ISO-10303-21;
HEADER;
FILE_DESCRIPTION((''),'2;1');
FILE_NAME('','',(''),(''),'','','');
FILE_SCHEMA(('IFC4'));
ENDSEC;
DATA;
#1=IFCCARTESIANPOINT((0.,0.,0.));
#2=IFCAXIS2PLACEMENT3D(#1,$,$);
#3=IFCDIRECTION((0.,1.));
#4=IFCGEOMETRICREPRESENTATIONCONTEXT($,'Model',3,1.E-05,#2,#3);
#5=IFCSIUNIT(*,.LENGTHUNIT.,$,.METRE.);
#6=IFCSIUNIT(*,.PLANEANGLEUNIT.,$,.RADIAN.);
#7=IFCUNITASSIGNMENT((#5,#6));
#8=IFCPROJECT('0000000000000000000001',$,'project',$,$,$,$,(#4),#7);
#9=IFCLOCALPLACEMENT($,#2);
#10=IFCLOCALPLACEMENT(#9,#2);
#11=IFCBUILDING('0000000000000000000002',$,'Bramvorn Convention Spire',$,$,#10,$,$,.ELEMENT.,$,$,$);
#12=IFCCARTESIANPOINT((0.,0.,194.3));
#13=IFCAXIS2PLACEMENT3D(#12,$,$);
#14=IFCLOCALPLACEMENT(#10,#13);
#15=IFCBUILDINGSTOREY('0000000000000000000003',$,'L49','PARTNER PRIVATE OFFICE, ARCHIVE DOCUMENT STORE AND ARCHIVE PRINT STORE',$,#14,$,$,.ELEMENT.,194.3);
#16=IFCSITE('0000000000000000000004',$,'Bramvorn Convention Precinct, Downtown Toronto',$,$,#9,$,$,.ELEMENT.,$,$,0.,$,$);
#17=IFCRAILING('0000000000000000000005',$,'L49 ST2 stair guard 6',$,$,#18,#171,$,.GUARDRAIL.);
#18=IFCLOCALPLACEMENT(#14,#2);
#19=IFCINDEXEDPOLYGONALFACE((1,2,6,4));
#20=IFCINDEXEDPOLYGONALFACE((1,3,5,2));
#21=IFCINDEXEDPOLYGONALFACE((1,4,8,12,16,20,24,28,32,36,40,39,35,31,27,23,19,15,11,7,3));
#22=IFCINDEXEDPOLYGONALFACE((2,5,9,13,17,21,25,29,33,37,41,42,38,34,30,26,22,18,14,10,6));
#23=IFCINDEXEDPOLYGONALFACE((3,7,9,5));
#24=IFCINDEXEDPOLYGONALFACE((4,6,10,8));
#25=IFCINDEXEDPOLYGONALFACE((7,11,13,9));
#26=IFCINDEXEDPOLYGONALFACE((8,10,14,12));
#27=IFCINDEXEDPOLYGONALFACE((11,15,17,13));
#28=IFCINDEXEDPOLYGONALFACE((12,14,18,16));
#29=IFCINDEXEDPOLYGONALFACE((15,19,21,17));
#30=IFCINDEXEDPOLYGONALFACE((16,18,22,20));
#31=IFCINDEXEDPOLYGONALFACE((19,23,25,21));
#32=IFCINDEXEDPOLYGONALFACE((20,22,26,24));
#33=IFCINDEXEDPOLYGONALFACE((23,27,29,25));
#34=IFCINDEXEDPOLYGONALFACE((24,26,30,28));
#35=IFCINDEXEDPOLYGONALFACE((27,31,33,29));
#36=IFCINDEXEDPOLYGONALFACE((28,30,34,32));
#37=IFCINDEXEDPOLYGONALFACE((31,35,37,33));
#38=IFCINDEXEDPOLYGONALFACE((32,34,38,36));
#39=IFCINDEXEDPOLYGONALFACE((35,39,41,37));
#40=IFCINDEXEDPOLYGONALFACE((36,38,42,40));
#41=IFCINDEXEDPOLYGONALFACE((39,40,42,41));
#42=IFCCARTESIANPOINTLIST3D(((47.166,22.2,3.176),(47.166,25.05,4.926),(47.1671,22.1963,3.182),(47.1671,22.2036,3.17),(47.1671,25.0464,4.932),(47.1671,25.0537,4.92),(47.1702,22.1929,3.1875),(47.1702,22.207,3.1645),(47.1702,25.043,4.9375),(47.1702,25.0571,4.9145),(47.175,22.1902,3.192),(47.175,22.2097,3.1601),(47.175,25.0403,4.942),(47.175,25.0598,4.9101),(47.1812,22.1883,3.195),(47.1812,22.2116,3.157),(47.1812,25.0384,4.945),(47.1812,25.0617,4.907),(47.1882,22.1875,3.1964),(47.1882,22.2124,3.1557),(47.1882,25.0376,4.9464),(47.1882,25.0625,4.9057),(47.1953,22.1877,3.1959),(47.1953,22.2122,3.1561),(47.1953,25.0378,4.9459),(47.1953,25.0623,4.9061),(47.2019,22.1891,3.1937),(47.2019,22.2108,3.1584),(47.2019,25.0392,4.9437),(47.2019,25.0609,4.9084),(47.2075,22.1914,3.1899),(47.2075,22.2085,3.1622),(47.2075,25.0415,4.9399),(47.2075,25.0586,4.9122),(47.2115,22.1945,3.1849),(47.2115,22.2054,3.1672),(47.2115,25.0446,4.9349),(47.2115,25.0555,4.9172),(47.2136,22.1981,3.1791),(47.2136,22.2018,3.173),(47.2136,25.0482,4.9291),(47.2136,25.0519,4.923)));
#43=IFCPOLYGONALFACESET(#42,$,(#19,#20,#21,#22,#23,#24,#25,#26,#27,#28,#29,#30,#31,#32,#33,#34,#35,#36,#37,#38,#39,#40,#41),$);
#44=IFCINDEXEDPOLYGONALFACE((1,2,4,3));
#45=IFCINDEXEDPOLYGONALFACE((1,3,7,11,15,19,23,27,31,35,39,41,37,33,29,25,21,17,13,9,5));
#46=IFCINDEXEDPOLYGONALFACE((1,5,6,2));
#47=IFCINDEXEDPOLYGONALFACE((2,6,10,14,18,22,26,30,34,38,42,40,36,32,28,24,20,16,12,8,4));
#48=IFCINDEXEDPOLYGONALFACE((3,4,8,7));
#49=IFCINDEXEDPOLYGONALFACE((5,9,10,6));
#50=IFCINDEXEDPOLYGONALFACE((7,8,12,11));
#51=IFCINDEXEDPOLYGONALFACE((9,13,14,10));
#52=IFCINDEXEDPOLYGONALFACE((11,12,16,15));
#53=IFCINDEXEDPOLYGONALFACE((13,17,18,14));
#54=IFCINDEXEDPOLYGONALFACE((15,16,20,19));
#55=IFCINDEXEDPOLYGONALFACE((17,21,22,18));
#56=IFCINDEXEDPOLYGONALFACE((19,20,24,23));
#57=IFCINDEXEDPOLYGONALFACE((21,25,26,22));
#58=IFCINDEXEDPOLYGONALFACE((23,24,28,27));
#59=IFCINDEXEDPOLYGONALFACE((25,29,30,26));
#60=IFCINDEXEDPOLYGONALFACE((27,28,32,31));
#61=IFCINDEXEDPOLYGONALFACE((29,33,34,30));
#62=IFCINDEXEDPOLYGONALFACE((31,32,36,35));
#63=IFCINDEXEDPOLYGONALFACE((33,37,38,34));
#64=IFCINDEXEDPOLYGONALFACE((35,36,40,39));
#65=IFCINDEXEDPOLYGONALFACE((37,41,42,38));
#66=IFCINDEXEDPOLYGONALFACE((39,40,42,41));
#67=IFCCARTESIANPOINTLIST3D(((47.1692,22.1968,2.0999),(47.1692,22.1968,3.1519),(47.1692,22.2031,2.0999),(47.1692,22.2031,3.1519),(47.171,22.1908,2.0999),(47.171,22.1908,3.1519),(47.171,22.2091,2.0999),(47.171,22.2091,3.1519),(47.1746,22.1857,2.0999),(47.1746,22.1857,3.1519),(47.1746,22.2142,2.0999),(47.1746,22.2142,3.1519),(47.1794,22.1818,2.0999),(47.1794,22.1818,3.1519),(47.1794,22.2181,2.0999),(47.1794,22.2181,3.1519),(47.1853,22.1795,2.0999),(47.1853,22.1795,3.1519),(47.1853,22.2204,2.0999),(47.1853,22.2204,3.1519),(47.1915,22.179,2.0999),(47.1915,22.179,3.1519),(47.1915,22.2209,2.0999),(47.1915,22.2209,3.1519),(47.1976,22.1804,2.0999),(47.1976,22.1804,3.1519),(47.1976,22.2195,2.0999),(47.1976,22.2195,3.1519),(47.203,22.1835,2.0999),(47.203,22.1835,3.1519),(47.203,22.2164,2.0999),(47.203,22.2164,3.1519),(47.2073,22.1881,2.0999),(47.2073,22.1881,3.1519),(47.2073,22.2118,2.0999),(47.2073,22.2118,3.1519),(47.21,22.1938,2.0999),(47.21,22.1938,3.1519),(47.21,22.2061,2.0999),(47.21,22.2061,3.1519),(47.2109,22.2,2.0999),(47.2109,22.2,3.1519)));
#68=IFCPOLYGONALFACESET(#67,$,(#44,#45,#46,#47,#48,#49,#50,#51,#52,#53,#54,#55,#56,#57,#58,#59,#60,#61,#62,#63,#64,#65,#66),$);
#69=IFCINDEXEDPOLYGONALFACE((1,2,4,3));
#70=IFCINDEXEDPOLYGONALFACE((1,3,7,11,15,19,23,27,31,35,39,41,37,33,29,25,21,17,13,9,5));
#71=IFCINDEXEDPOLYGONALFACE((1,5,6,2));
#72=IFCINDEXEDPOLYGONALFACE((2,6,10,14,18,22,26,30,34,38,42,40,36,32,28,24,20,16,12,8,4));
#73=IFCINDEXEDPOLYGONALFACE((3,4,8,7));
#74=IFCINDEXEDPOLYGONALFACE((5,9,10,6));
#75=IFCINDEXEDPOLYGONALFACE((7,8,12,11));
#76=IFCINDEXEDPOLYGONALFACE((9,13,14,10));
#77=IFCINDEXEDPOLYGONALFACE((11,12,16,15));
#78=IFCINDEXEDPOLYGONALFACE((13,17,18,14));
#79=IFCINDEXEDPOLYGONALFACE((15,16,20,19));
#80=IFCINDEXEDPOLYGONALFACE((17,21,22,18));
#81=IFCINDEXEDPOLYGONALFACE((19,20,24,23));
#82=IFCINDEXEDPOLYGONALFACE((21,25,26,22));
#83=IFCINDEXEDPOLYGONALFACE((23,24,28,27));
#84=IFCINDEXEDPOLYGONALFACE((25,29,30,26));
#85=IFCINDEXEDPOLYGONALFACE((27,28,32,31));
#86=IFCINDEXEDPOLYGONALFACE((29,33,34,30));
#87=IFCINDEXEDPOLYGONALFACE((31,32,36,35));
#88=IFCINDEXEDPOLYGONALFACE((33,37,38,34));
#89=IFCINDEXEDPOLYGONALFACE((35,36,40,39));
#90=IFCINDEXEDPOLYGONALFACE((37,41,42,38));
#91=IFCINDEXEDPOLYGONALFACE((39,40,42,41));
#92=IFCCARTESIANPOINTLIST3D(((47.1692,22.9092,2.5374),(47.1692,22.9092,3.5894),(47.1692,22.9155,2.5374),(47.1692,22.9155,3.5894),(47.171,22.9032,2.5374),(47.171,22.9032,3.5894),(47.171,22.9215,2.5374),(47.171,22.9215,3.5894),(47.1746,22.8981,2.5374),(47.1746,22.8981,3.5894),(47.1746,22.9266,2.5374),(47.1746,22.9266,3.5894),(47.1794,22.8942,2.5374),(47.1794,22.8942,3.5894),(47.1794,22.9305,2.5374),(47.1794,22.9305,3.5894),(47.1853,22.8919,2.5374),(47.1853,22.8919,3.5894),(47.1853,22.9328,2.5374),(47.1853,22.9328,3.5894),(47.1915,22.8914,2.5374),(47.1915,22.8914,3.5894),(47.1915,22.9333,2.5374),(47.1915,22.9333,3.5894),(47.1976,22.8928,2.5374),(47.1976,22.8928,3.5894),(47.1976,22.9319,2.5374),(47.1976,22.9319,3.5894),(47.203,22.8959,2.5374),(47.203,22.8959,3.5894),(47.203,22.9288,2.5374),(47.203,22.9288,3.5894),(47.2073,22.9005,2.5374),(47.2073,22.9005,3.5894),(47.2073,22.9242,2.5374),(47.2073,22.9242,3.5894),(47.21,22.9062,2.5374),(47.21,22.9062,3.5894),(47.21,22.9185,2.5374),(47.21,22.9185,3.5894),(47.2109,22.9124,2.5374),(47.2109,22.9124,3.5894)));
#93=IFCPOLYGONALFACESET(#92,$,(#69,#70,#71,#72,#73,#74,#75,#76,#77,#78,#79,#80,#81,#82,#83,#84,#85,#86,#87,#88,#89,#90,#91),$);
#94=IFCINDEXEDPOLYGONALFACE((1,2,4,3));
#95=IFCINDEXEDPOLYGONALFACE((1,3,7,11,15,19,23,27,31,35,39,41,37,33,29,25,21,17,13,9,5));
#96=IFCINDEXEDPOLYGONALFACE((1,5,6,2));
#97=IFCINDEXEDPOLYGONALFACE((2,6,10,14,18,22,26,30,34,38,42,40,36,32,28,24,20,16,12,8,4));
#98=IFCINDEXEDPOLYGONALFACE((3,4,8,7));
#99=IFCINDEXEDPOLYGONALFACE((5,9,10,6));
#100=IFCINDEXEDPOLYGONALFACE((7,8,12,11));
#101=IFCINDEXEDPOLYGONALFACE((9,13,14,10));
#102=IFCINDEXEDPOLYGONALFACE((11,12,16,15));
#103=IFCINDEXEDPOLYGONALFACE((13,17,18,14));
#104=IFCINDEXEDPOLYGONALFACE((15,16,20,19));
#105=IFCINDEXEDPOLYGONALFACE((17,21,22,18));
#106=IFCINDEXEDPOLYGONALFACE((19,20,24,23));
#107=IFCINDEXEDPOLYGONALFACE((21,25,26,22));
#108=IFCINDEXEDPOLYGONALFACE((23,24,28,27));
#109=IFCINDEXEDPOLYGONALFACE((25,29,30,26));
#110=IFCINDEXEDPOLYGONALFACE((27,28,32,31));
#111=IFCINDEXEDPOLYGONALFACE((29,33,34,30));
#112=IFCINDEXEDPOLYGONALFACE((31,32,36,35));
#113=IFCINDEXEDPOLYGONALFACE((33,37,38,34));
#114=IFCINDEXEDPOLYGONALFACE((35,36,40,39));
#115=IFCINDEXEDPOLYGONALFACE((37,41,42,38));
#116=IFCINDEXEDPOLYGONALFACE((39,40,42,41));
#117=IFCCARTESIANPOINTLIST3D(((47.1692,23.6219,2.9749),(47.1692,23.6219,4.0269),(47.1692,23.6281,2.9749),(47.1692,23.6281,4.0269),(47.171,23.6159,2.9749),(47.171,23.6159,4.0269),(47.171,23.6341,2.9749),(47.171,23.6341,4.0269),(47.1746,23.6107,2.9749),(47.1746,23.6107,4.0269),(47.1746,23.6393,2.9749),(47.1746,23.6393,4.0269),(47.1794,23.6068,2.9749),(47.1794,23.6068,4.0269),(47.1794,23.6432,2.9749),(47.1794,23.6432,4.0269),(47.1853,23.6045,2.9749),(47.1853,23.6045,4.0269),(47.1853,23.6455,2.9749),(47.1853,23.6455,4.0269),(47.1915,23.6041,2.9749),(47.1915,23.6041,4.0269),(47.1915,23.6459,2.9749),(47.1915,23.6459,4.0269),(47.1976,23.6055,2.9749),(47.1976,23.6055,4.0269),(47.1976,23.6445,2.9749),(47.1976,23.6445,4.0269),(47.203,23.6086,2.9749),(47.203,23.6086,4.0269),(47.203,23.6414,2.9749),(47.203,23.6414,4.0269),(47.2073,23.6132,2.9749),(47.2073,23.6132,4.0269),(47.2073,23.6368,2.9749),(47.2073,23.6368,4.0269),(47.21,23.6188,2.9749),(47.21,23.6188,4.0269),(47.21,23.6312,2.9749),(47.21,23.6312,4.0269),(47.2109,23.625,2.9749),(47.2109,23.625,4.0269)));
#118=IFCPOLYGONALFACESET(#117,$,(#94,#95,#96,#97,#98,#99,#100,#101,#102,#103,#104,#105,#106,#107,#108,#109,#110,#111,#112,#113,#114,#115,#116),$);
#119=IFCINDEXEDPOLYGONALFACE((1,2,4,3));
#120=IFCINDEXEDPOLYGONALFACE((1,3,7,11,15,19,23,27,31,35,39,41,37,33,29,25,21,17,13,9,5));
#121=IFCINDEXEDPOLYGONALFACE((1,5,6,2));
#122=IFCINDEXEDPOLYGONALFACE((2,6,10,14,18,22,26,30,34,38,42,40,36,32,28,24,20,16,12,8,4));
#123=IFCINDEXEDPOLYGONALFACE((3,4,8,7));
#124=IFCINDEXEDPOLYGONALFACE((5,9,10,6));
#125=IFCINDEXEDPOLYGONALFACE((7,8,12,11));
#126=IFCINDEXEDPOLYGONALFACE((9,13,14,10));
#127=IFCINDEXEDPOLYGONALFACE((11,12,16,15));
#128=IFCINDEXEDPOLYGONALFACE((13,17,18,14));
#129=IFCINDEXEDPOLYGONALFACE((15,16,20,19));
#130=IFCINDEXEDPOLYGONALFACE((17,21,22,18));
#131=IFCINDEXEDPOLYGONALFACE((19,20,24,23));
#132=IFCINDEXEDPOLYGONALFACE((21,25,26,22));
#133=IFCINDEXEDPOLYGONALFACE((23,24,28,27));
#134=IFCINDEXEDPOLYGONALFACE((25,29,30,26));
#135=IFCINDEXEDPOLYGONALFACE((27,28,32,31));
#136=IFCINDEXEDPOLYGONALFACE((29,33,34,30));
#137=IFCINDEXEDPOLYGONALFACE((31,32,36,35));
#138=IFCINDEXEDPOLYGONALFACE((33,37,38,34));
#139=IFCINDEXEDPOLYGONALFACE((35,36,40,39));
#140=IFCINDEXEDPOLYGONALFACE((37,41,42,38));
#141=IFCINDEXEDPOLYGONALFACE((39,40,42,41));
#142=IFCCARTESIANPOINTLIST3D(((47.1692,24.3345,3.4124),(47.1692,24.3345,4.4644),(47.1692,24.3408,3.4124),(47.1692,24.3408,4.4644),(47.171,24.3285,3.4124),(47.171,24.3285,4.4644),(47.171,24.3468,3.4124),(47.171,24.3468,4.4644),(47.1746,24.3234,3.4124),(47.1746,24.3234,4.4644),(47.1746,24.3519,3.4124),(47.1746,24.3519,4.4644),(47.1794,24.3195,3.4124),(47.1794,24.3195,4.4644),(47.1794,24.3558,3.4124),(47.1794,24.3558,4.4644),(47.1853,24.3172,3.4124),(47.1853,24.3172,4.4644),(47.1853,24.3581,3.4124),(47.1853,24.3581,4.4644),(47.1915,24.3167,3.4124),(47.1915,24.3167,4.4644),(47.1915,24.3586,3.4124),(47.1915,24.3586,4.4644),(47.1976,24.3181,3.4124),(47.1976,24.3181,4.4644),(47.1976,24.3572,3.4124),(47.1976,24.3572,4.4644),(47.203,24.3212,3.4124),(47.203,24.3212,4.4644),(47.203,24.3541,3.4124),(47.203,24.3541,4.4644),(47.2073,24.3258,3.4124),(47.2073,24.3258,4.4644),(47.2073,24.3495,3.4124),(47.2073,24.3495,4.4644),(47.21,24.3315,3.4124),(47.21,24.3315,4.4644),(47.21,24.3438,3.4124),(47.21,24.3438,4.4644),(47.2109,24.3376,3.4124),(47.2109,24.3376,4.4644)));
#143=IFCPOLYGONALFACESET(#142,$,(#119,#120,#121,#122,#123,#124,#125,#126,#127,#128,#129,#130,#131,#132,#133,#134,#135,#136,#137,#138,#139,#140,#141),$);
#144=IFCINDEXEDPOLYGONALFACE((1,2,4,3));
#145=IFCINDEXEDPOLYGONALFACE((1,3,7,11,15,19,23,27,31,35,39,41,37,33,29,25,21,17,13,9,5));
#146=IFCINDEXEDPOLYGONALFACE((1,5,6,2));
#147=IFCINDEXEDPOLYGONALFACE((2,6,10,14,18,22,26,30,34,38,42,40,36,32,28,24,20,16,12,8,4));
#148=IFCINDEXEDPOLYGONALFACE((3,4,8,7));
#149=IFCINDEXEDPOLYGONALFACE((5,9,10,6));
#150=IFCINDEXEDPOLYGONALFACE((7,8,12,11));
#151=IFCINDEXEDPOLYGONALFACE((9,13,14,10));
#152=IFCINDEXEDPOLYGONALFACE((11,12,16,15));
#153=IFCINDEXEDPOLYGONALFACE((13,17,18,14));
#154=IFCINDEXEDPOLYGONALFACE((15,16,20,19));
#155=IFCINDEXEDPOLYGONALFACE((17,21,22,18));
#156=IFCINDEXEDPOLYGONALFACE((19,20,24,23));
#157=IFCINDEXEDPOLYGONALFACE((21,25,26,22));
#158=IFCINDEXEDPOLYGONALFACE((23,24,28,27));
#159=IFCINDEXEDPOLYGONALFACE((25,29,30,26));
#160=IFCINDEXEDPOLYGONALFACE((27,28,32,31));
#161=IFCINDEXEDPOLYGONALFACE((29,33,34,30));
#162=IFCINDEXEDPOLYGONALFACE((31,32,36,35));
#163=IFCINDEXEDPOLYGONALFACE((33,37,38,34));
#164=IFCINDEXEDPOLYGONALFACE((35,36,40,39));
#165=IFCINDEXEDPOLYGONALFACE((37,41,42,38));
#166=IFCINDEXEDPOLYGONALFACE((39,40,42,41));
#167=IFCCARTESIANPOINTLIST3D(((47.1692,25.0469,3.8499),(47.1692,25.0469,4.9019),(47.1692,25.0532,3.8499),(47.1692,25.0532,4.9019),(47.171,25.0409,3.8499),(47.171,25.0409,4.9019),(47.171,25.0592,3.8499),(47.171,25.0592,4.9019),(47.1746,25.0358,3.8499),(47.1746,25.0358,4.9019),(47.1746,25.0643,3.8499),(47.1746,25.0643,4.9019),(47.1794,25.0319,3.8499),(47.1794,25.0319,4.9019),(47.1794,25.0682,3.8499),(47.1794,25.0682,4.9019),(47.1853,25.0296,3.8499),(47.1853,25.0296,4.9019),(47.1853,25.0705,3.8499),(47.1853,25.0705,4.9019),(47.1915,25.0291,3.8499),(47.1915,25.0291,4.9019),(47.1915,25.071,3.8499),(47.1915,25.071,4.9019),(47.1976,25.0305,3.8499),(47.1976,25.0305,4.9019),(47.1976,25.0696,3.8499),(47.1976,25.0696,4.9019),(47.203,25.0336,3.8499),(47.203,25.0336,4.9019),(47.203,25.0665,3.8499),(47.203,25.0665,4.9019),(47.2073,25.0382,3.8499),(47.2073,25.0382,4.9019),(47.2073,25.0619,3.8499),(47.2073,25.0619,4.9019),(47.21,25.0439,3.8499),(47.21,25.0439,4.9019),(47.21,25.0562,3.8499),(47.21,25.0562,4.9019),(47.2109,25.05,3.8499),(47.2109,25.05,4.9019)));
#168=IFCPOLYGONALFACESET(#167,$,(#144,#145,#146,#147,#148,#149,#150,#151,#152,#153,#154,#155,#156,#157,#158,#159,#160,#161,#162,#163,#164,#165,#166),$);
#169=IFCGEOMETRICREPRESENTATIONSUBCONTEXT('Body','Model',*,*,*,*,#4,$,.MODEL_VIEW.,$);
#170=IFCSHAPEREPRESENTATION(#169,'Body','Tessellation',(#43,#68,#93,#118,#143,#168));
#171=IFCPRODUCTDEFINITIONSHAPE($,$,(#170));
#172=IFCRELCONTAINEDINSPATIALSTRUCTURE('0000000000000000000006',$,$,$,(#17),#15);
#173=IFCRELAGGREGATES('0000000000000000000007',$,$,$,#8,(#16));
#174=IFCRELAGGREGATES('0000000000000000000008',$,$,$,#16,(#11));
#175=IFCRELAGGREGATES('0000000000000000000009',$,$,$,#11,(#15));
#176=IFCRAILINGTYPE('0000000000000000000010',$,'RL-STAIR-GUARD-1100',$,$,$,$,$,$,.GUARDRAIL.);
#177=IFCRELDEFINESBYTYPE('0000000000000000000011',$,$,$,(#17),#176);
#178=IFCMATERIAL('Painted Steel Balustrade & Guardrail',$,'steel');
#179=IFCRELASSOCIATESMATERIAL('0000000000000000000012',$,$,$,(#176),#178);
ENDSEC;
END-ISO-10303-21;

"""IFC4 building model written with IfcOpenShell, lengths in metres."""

from ifc_helpers import new_model, si_unit, direction, frame, origin, origin_2d, place, context, subcontext, project, spatial, circle, extrude, material, type_object, element, save


model = new_model("IFC4")

# Units and contexts
model_context = context("Model", 3, precision=1e-05, world=origin(), true_north=direction((0.0, 1.0)))
body_context = subcontext(model_context, "Body", "Model", "MODEL_VIEW")
ifc_project = project(units=[si_unit("LENGTHUNIT", "METRE"), si_unit("PLANEANGLEUNIT", "RADIAN")], contexts=[model_context])

# Site, building, storey
site_placement = place(None, origin())
site = spatial("IfcSite", under=ifc_project, at=site_placement, Name="Bramvorn Convention Precinct, Downtown Toronto", CompositionType="ELEMENT", RefElevation=0.0)
building_placement = place(site_placement, origin())
building = spatial("IfcBuilding", under=site, at=building_placement, Name="Bramvorn Convention Spire", CompositionType="ELEMENT")
storey_placement = place(building_placement, frame((0.0, 0.0, 194.3)))
storey = spatial("IfcBuildingStorey", under=building, at=storey_placement, Name="L49", Description="PARTNER PRIVATE OFFICE, ARCHIVE DOCUMENT STORE AND ARCHIVE PRINT STORE", CompositionType="ELEMENT", Elevation=194.3)

# Railing
ifc_material_1 = material(Name="Painted Steel Balustrade & Guardrail", Category="steel")
railing_type_1 = type_object("IfcRailingType", Name="RL-STAIR-GUARD-1100", PredefinedType="GUARDRAIL", material=ifc_material_1)
railing_1_placement = place(storey_placement, frame((47.1899, 22.2, 2.0999)))
element("IfcRailing", 1, at=railing_1_placement, inside=storey, type_object=railing_type_1, Name="L49 ST2 stair guard 6", PredefinedType="GUARDRAIL", context=body_context, shape_type="SweptSolid", body=[
    extrude(circle(Radius=0.0239, at=origin_2d()), frame((0.0, 0.0, 1.0762), z_axis=(0.0, 0.852179, 0.52325), x_axis=(-1.0, 0.0, 0.0)), (0.0, 0.0, 1.0), 3.3445),
    extrude(circle(Radius=0.021, at=origin_2d()), origin(), (0.0, 0.0, 1.0), 1.052),
    extrude(circle(Radius=0.021, at=origin_2d()), frame((0.0, 0.7124, 0.4375)), (0.0, 0.0, 1.0), 1.052),
    extrude(circle(Radius=0.021, at=origin_2d()), frame((0.0, 1.425, 0.875)), (0.0, 0.0, 1.0), 1.052),
    extrude(circle(Radius=0.021, at=origin_2d()), frame((0.0, 2.1377, 1.3125)), (0.0, 0.0, 1.0), 1.052),
    extrude(circle(Radius=0.021, at=origin_2d()), frame((0.0, 2.8501, 1.75)), (0.0, 0.0, 1.0), 1.052),
])

save(model, "model.ifc")
